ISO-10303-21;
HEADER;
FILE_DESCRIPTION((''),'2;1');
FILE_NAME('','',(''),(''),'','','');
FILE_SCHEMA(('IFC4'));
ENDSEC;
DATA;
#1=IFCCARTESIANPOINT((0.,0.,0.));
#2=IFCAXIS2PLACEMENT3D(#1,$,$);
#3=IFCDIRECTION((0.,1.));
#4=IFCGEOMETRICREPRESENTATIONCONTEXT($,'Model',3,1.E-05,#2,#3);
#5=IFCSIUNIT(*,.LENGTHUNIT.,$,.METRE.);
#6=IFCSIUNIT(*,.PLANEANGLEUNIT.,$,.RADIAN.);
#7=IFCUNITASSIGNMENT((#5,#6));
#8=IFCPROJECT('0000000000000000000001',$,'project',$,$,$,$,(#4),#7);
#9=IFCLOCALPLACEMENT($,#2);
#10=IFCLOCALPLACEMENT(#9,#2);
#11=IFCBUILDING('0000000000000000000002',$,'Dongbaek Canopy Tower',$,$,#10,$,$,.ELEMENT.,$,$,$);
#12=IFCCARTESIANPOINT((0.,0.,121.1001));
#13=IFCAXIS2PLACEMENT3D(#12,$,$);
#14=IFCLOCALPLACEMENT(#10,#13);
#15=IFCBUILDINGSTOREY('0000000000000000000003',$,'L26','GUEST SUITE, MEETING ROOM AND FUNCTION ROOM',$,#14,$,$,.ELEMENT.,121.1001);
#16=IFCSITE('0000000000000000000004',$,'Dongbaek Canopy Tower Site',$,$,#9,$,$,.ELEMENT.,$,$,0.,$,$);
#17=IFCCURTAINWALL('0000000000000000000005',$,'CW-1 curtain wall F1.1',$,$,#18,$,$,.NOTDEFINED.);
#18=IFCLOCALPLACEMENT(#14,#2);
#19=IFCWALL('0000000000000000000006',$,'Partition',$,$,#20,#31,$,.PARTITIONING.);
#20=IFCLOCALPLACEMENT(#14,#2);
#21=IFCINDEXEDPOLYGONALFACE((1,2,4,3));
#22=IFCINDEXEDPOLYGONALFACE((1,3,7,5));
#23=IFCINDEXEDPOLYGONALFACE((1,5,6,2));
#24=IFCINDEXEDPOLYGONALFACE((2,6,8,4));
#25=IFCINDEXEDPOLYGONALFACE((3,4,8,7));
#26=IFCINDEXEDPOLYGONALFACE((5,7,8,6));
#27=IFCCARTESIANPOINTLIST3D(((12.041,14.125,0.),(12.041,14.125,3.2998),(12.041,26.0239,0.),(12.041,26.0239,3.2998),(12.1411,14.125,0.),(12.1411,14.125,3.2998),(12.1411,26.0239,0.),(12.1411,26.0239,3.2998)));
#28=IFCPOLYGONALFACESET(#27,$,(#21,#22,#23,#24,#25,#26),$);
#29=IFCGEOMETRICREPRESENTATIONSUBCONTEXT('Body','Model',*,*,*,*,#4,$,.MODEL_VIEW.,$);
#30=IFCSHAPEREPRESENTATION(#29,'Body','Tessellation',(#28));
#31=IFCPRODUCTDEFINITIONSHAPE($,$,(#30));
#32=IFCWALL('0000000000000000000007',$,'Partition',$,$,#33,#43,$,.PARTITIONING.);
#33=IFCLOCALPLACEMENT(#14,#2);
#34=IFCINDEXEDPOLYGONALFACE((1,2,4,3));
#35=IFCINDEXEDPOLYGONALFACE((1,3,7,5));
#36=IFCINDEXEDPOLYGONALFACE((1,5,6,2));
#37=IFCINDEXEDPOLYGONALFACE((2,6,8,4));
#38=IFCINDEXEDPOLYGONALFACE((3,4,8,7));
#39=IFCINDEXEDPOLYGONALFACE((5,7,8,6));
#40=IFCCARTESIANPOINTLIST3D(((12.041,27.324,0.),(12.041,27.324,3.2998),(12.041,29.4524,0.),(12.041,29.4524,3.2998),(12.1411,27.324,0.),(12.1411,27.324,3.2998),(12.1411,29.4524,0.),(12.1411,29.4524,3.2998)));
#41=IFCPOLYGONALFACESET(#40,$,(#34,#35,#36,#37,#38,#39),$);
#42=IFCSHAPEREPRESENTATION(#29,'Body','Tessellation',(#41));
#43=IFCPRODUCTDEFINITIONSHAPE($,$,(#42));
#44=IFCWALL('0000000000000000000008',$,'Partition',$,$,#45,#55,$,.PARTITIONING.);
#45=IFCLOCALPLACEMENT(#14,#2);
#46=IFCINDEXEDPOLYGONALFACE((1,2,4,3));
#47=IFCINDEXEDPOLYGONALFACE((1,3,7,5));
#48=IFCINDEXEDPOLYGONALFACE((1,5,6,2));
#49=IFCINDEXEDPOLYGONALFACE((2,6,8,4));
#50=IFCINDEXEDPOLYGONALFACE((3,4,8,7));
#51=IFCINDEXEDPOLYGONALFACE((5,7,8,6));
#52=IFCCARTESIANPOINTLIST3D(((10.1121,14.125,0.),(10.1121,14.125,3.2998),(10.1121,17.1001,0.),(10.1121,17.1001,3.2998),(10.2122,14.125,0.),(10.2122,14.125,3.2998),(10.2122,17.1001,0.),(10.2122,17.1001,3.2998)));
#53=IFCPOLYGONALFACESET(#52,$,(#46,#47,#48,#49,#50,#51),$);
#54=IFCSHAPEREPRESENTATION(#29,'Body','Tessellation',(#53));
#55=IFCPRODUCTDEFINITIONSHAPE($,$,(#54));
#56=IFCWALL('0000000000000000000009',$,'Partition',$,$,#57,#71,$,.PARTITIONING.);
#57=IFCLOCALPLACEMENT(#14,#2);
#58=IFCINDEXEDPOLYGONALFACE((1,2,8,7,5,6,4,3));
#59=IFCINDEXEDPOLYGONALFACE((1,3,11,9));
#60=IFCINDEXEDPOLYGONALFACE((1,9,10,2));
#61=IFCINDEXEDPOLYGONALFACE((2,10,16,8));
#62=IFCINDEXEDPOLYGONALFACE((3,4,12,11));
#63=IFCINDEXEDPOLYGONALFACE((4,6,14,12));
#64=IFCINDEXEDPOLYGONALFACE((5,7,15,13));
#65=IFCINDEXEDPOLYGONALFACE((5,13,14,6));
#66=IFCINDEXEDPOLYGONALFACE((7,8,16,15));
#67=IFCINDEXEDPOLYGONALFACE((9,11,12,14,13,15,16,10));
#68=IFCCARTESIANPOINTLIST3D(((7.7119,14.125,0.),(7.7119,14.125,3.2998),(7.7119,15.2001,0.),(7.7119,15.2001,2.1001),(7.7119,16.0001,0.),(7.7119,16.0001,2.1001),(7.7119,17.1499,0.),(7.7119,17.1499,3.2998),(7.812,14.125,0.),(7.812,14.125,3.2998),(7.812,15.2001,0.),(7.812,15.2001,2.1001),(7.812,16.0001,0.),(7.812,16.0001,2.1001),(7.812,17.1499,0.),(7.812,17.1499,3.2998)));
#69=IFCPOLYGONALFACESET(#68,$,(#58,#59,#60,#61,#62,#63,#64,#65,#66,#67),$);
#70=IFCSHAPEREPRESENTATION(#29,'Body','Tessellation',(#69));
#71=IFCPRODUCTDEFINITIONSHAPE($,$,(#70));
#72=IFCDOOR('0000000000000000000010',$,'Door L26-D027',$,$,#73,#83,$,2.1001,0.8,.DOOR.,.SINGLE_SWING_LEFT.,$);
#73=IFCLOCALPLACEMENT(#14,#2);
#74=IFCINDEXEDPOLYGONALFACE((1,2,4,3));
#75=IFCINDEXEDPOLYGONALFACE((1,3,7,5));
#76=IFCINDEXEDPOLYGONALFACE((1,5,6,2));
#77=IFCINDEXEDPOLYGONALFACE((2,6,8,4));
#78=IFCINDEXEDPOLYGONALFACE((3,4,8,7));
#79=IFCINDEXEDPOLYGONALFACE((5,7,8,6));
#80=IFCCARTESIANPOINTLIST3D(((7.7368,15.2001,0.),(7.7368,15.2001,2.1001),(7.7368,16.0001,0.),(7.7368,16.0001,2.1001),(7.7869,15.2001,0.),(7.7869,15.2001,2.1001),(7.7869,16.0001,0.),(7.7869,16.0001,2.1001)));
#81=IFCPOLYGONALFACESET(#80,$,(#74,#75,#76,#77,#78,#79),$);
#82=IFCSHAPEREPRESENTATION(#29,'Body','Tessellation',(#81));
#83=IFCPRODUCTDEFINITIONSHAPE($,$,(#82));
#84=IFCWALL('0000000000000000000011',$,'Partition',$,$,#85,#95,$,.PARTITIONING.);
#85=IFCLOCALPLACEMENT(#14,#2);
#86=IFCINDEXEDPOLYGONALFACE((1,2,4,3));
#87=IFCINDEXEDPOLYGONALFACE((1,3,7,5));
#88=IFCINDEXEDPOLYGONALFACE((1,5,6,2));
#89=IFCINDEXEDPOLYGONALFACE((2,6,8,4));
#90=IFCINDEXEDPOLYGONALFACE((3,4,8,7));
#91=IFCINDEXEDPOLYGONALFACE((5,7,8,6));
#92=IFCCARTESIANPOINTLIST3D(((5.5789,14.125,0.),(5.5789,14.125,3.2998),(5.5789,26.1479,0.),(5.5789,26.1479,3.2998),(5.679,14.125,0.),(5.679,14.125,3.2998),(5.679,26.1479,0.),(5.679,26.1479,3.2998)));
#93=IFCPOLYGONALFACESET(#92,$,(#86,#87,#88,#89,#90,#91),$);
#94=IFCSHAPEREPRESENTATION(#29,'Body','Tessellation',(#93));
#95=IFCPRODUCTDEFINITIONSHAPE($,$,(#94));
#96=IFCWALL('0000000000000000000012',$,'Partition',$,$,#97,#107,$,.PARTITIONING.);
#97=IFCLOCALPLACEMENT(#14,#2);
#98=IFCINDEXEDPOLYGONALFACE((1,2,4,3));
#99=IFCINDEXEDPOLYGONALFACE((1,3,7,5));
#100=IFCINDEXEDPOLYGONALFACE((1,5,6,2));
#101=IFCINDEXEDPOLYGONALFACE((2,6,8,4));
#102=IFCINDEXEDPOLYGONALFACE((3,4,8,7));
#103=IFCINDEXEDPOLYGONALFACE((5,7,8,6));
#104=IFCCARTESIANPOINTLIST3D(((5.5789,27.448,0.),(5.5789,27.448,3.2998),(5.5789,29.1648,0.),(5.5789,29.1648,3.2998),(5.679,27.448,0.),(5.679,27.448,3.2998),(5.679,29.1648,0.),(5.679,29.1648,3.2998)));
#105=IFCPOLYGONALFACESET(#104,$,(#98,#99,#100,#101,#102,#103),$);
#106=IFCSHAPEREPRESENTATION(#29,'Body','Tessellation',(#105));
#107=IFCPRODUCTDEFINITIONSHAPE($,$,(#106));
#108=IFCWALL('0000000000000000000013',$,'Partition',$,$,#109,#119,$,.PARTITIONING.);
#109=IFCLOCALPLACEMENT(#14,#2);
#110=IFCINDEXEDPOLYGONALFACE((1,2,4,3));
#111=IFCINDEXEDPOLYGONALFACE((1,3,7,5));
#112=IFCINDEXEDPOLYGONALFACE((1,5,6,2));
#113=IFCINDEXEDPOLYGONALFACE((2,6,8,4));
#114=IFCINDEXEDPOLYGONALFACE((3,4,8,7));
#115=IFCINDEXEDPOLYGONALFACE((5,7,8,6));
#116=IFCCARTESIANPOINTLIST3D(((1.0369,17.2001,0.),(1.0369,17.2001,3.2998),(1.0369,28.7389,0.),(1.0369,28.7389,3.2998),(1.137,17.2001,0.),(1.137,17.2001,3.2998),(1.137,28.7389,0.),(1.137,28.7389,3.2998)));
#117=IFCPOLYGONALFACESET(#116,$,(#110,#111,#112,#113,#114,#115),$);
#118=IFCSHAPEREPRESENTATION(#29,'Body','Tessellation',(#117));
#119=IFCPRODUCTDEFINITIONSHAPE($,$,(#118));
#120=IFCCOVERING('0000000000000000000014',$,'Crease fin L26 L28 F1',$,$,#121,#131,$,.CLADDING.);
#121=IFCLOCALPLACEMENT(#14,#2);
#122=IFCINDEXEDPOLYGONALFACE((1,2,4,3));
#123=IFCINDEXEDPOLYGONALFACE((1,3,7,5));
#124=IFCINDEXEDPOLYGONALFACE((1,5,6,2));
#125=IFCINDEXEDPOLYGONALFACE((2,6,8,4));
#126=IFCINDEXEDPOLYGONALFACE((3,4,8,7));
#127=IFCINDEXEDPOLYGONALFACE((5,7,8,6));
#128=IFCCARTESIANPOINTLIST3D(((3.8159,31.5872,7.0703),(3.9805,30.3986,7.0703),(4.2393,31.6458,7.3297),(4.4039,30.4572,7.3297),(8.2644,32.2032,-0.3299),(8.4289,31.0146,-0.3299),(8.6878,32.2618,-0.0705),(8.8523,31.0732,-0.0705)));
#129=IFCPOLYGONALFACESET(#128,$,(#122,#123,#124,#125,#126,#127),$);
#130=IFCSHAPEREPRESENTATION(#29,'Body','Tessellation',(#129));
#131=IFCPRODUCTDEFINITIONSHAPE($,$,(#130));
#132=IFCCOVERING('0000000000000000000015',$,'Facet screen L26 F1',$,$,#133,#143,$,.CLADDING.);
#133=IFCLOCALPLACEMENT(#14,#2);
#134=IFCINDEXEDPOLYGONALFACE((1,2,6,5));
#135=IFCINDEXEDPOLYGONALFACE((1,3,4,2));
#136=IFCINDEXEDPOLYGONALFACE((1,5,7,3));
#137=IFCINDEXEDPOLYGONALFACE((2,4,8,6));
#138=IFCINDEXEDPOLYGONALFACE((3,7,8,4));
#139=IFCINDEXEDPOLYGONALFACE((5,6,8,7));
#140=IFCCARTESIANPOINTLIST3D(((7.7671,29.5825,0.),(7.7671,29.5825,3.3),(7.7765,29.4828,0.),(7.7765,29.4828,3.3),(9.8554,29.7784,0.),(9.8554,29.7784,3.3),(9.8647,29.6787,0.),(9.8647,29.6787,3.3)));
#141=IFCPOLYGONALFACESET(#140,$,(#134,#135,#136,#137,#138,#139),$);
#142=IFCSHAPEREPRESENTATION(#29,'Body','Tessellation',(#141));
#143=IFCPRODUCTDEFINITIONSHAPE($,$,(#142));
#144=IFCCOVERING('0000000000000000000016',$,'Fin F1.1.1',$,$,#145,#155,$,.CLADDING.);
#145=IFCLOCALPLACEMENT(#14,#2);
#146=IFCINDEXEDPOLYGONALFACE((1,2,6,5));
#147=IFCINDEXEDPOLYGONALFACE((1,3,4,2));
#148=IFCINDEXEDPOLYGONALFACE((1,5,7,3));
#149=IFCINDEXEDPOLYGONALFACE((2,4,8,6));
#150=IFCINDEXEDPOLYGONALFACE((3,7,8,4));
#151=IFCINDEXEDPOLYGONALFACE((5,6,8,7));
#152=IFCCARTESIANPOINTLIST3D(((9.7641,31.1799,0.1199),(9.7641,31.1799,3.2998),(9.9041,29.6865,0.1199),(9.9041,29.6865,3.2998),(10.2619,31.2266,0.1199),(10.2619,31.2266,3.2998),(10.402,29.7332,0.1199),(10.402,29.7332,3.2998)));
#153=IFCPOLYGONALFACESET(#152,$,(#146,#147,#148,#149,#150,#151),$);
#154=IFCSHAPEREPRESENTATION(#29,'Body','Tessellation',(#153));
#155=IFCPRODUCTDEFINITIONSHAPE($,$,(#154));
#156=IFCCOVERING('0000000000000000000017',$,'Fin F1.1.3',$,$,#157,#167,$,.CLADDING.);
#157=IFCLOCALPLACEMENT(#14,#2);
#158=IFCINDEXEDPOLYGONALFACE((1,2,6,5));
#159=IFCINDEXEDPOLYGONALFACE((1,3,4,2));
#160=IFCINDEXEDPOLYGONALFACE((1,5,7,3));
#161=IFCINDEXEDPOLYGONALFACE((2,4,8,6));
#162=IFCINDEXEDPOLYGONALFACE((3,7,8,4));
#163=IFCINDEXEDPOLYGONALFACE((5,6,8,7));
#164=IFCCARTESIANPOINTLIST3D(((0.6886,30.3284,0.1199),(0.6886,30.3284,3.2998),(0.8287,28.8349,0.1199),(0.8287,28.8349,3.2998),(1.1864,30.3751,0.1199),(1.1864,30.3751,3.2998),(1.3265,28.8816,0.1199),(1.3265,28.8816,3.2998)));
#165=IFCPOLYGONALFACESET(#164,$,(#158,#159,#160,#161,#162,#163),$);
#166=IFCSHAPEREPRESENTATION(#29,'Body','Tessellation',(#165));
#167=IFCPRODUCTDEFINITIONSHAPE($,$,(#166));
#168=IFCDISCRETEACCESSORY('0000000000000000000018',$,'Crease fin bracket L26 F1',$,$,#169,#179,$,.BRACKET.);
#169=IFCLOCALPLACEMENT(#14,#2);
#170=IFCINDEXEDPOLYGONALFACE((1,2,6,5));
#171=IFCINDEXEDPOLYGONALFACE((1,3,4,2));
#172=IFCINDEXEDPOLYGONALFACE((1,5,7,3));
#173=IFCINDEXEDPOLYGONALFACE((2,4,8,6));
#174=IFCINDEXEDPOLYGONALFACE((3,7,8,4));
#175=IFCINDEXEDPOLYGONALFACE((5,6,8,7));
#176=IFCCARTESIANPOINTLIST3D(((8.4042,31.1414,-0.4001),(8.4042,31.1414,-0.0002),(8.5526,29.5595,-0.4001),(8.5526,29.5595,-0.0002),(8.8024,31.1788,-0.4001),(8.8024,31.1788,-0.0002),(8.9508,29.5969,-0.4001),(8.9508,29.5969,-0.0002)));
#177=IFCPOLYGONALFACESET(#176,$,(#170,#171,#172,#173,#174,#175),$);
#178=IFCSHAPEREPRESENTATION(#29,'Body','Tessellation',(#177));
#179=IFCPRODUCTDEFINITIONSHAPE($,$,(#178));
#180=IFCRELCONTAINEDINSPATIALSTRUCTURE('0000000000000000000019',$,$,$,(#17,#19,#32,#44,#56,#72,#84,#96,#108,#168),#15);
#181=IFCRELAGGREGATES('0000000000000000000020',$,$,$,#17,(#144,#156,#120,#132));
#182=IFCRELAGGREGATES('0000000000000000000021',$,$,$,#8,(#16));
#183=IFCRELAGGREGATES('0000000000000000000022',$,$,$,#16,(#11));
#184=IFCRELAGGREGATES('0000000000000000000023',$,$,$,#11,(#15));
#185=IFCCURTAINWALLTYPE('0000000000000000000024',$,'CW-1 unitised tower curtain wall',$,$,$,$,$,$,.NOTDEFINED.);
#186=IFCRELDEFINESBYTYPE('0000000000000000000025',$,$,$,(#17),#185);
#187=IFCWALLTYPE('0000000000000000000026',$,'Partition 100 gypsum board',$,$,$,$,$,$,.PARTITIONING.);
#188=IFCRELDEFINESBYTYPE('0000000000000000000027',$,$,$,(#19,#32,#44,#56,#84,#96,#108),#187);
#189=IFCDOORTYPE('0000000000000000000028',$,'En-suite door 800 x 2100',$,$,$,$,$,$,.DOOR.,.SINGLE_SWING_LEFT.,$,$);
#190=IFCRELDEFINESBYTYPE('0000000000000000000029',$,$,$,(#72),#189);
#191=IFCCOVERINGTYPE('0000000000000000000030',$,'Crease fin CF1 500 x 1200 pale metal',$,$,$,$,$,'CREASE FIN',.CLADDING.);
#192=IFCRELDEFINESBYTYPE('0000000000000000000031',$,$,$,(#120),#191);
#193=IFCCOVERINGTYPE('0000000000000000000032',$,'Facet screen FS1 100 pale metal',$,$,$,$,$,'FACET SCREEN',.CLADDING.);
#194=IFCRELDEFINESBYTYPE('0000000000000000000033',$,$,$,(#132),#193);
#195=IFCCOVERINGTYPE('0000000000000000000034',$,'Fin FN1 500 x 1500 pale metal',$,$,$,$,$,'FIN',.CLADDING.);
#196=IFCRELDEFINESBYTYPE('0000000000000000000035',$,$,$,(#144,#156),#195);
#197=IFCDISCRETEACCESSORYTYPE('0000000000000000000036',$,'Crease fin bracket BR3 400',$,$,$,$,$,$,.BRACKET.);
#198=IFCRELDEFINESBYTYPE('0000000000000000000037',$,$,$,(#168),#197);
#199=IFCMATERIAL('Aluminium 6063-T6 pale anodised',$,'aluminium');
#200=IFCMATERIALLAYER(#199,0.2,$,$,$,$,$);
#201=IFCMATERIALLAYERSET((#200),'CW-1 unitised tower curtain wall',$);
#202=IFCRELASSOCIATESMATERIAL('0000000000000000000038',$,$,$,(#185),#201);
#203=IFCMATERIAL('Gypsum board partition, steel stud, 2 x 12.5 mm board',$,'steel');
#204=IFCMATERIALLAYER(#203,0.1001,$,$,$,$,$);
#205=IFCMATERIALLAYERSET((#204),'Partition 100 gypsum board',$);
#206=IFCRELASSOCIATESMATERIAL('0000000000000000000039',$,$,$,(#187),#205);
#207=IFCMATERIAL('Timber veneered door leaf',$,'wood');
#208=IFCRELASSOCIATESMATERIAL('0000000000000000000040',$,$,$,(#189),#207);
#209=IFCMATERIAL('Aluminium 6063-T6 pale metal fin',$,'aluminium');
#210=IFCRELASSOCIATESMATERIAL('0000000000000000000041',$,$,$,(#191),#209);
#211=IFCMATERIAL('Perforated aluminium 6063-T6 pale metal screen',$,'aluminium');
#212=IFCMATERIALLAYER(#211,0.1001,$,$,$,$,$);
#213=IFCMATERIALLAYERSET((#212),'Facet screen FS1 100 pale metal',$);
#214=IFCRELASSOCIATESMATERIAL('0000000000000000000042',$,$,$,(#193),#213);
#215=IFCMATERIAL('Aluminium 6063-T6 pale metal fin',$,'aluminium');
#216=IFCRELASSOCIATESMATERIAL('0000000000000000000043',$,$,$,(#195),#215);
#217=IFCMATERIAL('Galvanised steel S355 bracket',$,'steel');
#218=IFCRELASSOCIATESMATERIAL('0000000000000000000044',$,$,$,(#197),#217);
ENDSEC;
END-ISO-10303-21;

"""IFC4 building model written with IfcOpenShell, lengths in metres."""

from ifc_helpers import new_model, si_unit, direction, frame, frame_2d, origin, origin_2d, place, context, subcontext, project, spatial, rectangle, extrude, material, layer, layer_set, material_profile, profile_set, type_object, element, fill, aggregate, save


model = new_model("IFC4")

# Units and contexts
model_context = context("Model", 3, precision=1e-05, world=origin(), true_north=direction((0.0, 1.0)))
body_context = subcontext(model_context, "Body", "Model", "MODEL_VIEW")
ifc_project = project(units=[si_unit("LENGTHUNIT", "METRE"), si_unit("PLANEANGLEUNIT", "RADIAN")], contexts=[model_context])

# Site, building, storey
site_placement = place(None, origin())
site = spatial("IfcSite", under=ifc_project, at=site_placement, Name="Dongbaek Canopy Tower Site", CompositionType="ELEMENT", RefElevation=0.0)
building_placement = place(site_placement, origin())
building = spatial("IfcBuilding", under=site, at=building_placement, Name="Dongbaek Canopy Tower", CompositionType="ELEMENT")
storey_placement = place(building_placement, frame((0.0, 0.0, 121.1001)))
storey = spatial("IfcBuildingStorey", under=building, at=storey_placement, Name="L26", Description="GUEST SUITE, MEETING ROOM AND FUNCTION ROOM", CompositionType="ELEMENT", Elevation=121.1001)

# Curtain wall
ifc_material_1 = material(Name="Aluminium 6063-T6 pale anodised", Category="aluminium")
ifc_layer_1 = layer(ifc_material_1, 0.2)
ifc_layer_set_1 = layer_set([ifc_layer_1], Name="CW-1 unitised tower curtain wall")
curtain_wall_type = type_object("IfcCurtainWallType", Name="CW-1 unitised tower curtain wall", PredefinedType="NOTDEFINED", material=ifc_layer_set_1)
curtain_wall_1_placement = place(storey_placement, origin())
curtain_wall_1 = element("IfcCurtainWall", 1, at=curtain_wall_1_placement, inside=storey, type_object=curtain_wall_type, Name="CW-1 curtain wall F1.1", PredefinedType="NOTDEFINED")

# Walls
ifc_material_2 = material(Name="Gypsum board partition, steel stud, 2 x 12.5 mm board", Category="steel")
ifc_layer_2 = layer(ifc_material_2, 0.1001)
ifc_layer_set_2 = layer_set([ifc_layer_2], Name="Partition 100 gypsum board")
wall_type = type_object("IfcWallType", Name="Partition 100 gypsum board", PredefinedType="PARTITIONING", material=ifc_layer_set_2)
wall_1_placement = place(storey_placement, frame((12.0911, 14.125, 0.0), z_axis=(0.0, 0.0, 1.0), x_axis=(0.0, 1.0, 0.0)))
element("IfcWall", 2, at=wall_1_placement, inside=storey, type_object=wall_type, Name="Partition", PredefinedType="PARTITIONING", context=body_context, shape_type="SweptSolid", body=[
    extrude(rectangle(XDim=11.8989, YDim=0.1001, at=frame_2d((5.9495, 0.0))), origin(), (0.0, 0.0, 1.0), 3.2998),
])
wall_2_placement = place(storey_placement, frame((12.0911, 27.324, 0.0), z_axis=(0.0, 0.0, 1.0), x_axis=(0.0, 1.0, 0.0)))
element("IfcWall", 3, at=wall_2_placement, inside=storey, type_object=wall_type, Name="Partition", PredefinedType="PARTITIONING", context=body_context, shape_type="SweptSolid", body=[
    extrude(rectangle(XDim=2.1284, YDim=0.1001, at=frame_2d((1.0642, 0.0))), origin(), (0.0, 0.0, 1.0), 3.2998),
])
wall_3_placement = place(storey_placement, frame((10.1621, 14.125, 0.0), z_axis=(0.0, 0.0, 1.0), x_axis=(0.0, 1.0, 0.0)))
element("IfcWall", 4, at=wall_3_placement, inside=storey, type_object=wall_type, Name="Partition", PredefinedType="PARTITIONING", context=body_context, shape_type="SweptSolid", body=[
    extrude(rectangle(XDim=2.9751, YDim=0.1001, at=frame_2d((1.4875, 0.0))), origin(), (0.0, 0.0, 1.0), 3.2998),
])

# Wall, opening, door
wall_4_placement = place(storey_placement, frame((7.762, 17.1499, 0.0), z_axis=(0.0, 0.0, 1.0), x_axis=(0.0, -1.0, 0.0)))
wall_4 = element("IfcWall", 5, at=wall_4_placement, inside=storey, type_object=wall_type, Name="Partition", PredefinedType="PARTITIONING", context=body_context, shape_type="SweptSolid", body=[
    extrude(rectangle(XDim=3.0249, YDim=0.1001, at=frame_2d((1.5125, 0.0))), origin(), (0.0, 0.0, 1.0), 3.2998),
])
opening_placement = place(wall_4_placement, frame((1.1499, 0.0, 0.0)))
opening = element("IfcOpeningElement", 6, at=opening_placement, cuts=wall_4, PredefinedType="OPENING", context=body_context, shape_type="SweptSolid", body=[
    extrude(rectangle(XDim=0.8, YDim=2.1001, at=frame_2d((0.3999, 1.05))), frame((0.0, 0.0601, 0.0), z_axis=(0.0, -1.0, 0.0), x_axis=(1.0, 0.0, 0.0)), (0.0, 0.0, 1.0), 0.1201),
])
ifc_material_3 = material(Name="Timber veneered door leaf", Category="wood")
door_type = type_object("IfcDoorType", Name="En-suite door 800 x 2100", OperationType="SINGLE_SWING_LEFT", PredefinedType="DOOR", material=ifc_material_3)
door_placement = place(opening_placement, origin())
door = element("IfcDoor", 7, at=door_placement, inside=storey, type_object=door_type, Name="Door L26-D027", OperationType="SINGLE_SWING_LEFT", OverallHeight=2.1001, OverallWidth=0.8, PredefinedType="DOOR", context=body_context, shape_type="SweptSolid", body=[
    extrude(rectangle(XDim=0.8, YDim=2.1001, at=frame_2d((0.3999, 1.05))), frame((0.0, 0.0249, 0.0), z_axis=(0.0, -1.0, 0.0), x_axis=(1.0, 0.0, 0.0)), (0.0, 0.0, 1.0), 0.05),
])
fill(opening, door)

# Walls
wall_5_placement = place(storey_placement, frame((5.6289, 14.125, 0.0), z_axis=(0.0, 0.0, 1.0), x_axis=(0.0, 1.0, 0.0)))
element("IfcWall", 8, at=wall_5_placement, inside=storey, type_object=wall_type, Name="Partition", PredefinedType="PARTITIONING", context=body_context, shape_type="SweptSolid", body=[
    extrude(rectangle(XDim=12.0229, YDim=0.1001, at=frame_2d((6.0115, 0.0))), origin(), (0.0, 0.0, 1.0), 3.2998),
])
wall_6_placement = place(storey_placement, frame((5.6289, 27.448, 0.0), z_axis=(0.0, 0.0, 1.0), x_axis=(0.0, 1.0, 0.0)))
element("IfcWall", 9, at=wall_6_placement, inside=storey, type_object=wall_type, Name="Partition", PredefinedType="PARTITIONING", context=body_context, shape_type="SweptSolid", body=[
    extrude(rectangle(XDim=1.7168, YDim=0.1001, at=frame_2d((0.8584, 0.0))), origin(), (0.0, 0.0, 1.0), 3.2998),
])
wall_7_placement = place(storey_placement, frame((1.0869, 17.2, 0.0), z_axis=(0.0, 0.0, 1.0), x_axis=(0.0, 1.0, 0.0)))
element("IfcWall", 10, at=wall_7_placement, inside=storey, type_object=wall_type, Name="Partition", PredefinedType="PARTITIONING", context=body_context, shape_type="SweptSolid", body=[
    extrude(rectangle(XDim=11.5388, YDim=0.1001, at=frame_2d((5.7695, 0.0))), origin(), (0.0, 0.0, 1.0), 3.2998),
])

# Coverings
ifc_material_4 = material(Name="Aluminium 6063-T6 pale metal fin", Category="aluminium")
ifc_material_profile_1 = material_profile(ifc_material_4, rectangle(XDim=1.2, YDim=0.5, at=origin_2d()), Name="Crease fin CF1 500 x 1200 pale metal")
ifc_profile_set_1 = profile_set([ifc_material_profile_1], Name="Aluminium 6063-T6 pale metal fin")
covering_type_1 = type_object("IfcCoveringType", Name="Crease fin CF1 500 x 1200 pale metal", ElementType="CREASE FIN", PredefinedType="CLADDING", material=ifc_profile_set_1)
covering_1_placement = place(storey_placement, frame((8.5583, 31.6382, -0.2002), z_axis=(-0.513905, -0.071159, 0.854891), x_axis=(0.137158, -0.990549, 0.0)))
covering_1 = element("IfcCovering", 11, at=covering_1_placement, type_object=covering_type_1, Name="Crease fin L26 L28 F1", PredefinedType="CLADDING", context=body_context, shape_type="SweptSolid", body=[
    extrude(rectangle(XDim=1.2, YDim=0.5, at=origin_2d()), origin(), (0.0, 0.0, 1.0), 8.6562),
])
ifc_material_5 = material(Name="Perforated aluminium 6063-T6 pale metal screen", Category="aluminium")
ifc_layer_3 = layer(ifc_material_5, 0.1001)
ifc_layer_set_3 = layer_set([ifc_layer_3], Name="Facet screen FS1 100 pale metal")
covering_type_2 = type_object("IfcCoveringType", Name="Facet screen FS1 100 pale metal", ElementType="FACET SCREEN", PredefinedType="CLADDING", material=ifc_layer_set_3)
covering_2_placement = place(storey_placement, frame((8.8159, 29.6306, 0.0), z_axis=(0.0, 0.0, 1.0), x_axis=(-0.995629, -0.093398, 0.0)))
covering_2 = element("IfcCovering", 12, at=covering_2_placement, type_object=covering_type_2, Name="Facet screen L26 F1", PredefinedType="CLADDING", context=body_context, shape_type="SweptSolid", body=[
    extrude(rectangle(XDim=2.0974, YDim=0.1001, at=origin_2d()), origin(), (0.0, 0.0, 1.0), 3.3),
])
ifc_material_6 = material(Name="Aluminium 6063-T6 pale metal fin", Category="aluminium")
ifc_material_profile_2 = material_profile(ifc_material_6, rectangle(XDim=1.5, YDim=0.5, at=origin_2d()), Name="Fin FN1 500 x 1500 pale metal")
ifc_profile_set_2 = profile_set([ifc_material_profile_2], Name="Aluminium 6063-T6 pale metal fin")
covering_type_3 = type_object("IfcCoveringType", Name="Fin FN1 500 x 1500 pale metal", ElementType="FIN", PredefinedType="CLADDING", material=ifc_profile_set_2)
covering_3_placement = place(storey_placement, frame((10.083, 30.4565, 0.1199), z_axis=(0.0, 0.0, 1.0), x_axis=(-0.093398, 0.995629, 0.0)))
covering_3 = element("IfcCovering", 13, at=covering_3_placement, type_object=covering_type_3, Name="Fin F1.1.1", PredefinedType="CLADDING", context=body_context, shape_type="SweptSolid", body=[
    extrude(rectangle(XDim=1.5, YDim=0.5, at=origin_2d()), origin(), (0.0, 0.0, 1.0), 3.1799),
])
covering_4_placement = place(storey_placement, frame((1.0076, 29.605, 0.1199), z_axis=(0.0, 0.0, 1.0), x_axis=(-0.093398, 0.995629, 0.0)))
covering_4 = element("IfcCovering", 14, at=covering_4_placement, type_object=covering_type_3, Name="Fin F1.1.3", PredefinedType="CLADDING", context=body_context, shape_type="SweptSolid", body=[
    extrude(rectangle(XDim=1.5, YDim=0.5, at=origin_2d()), origin(), (0.0, 0.0, 1.0), 3.1799),
])
aggregate(curtain_wall_1, [covering_3, covering_4, covering_1, covering_2])

# Discrete accessory
ifc_material_7 = material(Name="Galvanised steel S355 bracket", Category="steel")
discrete_accessory_type = type_object("IfcDiscreteAccessoryType", Name="Crease fin bracket BR3 400", PredefinedType="BRACKET", material=ifc_material_7)
discrete_accessory_placement = place(storey_placement, frame((8.6775, 30.3691, -0.4001), z_axis=(0.0, 0.0, 1.0), x_axis=(-0.093398, 0.995629, 0.0)))
element("IfcDiscreteAccessory", 15, at=discrete_accessory_placement, inside=storey, type_object=discrete_accessory_type, Name="Crease fin bracket L26 F1", PredefinedType="BRACKET", context=body_context, shape_type="SweptSolid", body=[
    extrude(rectangle(XDim=1.5889, YDim=0.3999, at=origin_2d()), origin(), (0.0, 0.0, 1.0), 0.3999),
])

save(model, "model.ifc")
